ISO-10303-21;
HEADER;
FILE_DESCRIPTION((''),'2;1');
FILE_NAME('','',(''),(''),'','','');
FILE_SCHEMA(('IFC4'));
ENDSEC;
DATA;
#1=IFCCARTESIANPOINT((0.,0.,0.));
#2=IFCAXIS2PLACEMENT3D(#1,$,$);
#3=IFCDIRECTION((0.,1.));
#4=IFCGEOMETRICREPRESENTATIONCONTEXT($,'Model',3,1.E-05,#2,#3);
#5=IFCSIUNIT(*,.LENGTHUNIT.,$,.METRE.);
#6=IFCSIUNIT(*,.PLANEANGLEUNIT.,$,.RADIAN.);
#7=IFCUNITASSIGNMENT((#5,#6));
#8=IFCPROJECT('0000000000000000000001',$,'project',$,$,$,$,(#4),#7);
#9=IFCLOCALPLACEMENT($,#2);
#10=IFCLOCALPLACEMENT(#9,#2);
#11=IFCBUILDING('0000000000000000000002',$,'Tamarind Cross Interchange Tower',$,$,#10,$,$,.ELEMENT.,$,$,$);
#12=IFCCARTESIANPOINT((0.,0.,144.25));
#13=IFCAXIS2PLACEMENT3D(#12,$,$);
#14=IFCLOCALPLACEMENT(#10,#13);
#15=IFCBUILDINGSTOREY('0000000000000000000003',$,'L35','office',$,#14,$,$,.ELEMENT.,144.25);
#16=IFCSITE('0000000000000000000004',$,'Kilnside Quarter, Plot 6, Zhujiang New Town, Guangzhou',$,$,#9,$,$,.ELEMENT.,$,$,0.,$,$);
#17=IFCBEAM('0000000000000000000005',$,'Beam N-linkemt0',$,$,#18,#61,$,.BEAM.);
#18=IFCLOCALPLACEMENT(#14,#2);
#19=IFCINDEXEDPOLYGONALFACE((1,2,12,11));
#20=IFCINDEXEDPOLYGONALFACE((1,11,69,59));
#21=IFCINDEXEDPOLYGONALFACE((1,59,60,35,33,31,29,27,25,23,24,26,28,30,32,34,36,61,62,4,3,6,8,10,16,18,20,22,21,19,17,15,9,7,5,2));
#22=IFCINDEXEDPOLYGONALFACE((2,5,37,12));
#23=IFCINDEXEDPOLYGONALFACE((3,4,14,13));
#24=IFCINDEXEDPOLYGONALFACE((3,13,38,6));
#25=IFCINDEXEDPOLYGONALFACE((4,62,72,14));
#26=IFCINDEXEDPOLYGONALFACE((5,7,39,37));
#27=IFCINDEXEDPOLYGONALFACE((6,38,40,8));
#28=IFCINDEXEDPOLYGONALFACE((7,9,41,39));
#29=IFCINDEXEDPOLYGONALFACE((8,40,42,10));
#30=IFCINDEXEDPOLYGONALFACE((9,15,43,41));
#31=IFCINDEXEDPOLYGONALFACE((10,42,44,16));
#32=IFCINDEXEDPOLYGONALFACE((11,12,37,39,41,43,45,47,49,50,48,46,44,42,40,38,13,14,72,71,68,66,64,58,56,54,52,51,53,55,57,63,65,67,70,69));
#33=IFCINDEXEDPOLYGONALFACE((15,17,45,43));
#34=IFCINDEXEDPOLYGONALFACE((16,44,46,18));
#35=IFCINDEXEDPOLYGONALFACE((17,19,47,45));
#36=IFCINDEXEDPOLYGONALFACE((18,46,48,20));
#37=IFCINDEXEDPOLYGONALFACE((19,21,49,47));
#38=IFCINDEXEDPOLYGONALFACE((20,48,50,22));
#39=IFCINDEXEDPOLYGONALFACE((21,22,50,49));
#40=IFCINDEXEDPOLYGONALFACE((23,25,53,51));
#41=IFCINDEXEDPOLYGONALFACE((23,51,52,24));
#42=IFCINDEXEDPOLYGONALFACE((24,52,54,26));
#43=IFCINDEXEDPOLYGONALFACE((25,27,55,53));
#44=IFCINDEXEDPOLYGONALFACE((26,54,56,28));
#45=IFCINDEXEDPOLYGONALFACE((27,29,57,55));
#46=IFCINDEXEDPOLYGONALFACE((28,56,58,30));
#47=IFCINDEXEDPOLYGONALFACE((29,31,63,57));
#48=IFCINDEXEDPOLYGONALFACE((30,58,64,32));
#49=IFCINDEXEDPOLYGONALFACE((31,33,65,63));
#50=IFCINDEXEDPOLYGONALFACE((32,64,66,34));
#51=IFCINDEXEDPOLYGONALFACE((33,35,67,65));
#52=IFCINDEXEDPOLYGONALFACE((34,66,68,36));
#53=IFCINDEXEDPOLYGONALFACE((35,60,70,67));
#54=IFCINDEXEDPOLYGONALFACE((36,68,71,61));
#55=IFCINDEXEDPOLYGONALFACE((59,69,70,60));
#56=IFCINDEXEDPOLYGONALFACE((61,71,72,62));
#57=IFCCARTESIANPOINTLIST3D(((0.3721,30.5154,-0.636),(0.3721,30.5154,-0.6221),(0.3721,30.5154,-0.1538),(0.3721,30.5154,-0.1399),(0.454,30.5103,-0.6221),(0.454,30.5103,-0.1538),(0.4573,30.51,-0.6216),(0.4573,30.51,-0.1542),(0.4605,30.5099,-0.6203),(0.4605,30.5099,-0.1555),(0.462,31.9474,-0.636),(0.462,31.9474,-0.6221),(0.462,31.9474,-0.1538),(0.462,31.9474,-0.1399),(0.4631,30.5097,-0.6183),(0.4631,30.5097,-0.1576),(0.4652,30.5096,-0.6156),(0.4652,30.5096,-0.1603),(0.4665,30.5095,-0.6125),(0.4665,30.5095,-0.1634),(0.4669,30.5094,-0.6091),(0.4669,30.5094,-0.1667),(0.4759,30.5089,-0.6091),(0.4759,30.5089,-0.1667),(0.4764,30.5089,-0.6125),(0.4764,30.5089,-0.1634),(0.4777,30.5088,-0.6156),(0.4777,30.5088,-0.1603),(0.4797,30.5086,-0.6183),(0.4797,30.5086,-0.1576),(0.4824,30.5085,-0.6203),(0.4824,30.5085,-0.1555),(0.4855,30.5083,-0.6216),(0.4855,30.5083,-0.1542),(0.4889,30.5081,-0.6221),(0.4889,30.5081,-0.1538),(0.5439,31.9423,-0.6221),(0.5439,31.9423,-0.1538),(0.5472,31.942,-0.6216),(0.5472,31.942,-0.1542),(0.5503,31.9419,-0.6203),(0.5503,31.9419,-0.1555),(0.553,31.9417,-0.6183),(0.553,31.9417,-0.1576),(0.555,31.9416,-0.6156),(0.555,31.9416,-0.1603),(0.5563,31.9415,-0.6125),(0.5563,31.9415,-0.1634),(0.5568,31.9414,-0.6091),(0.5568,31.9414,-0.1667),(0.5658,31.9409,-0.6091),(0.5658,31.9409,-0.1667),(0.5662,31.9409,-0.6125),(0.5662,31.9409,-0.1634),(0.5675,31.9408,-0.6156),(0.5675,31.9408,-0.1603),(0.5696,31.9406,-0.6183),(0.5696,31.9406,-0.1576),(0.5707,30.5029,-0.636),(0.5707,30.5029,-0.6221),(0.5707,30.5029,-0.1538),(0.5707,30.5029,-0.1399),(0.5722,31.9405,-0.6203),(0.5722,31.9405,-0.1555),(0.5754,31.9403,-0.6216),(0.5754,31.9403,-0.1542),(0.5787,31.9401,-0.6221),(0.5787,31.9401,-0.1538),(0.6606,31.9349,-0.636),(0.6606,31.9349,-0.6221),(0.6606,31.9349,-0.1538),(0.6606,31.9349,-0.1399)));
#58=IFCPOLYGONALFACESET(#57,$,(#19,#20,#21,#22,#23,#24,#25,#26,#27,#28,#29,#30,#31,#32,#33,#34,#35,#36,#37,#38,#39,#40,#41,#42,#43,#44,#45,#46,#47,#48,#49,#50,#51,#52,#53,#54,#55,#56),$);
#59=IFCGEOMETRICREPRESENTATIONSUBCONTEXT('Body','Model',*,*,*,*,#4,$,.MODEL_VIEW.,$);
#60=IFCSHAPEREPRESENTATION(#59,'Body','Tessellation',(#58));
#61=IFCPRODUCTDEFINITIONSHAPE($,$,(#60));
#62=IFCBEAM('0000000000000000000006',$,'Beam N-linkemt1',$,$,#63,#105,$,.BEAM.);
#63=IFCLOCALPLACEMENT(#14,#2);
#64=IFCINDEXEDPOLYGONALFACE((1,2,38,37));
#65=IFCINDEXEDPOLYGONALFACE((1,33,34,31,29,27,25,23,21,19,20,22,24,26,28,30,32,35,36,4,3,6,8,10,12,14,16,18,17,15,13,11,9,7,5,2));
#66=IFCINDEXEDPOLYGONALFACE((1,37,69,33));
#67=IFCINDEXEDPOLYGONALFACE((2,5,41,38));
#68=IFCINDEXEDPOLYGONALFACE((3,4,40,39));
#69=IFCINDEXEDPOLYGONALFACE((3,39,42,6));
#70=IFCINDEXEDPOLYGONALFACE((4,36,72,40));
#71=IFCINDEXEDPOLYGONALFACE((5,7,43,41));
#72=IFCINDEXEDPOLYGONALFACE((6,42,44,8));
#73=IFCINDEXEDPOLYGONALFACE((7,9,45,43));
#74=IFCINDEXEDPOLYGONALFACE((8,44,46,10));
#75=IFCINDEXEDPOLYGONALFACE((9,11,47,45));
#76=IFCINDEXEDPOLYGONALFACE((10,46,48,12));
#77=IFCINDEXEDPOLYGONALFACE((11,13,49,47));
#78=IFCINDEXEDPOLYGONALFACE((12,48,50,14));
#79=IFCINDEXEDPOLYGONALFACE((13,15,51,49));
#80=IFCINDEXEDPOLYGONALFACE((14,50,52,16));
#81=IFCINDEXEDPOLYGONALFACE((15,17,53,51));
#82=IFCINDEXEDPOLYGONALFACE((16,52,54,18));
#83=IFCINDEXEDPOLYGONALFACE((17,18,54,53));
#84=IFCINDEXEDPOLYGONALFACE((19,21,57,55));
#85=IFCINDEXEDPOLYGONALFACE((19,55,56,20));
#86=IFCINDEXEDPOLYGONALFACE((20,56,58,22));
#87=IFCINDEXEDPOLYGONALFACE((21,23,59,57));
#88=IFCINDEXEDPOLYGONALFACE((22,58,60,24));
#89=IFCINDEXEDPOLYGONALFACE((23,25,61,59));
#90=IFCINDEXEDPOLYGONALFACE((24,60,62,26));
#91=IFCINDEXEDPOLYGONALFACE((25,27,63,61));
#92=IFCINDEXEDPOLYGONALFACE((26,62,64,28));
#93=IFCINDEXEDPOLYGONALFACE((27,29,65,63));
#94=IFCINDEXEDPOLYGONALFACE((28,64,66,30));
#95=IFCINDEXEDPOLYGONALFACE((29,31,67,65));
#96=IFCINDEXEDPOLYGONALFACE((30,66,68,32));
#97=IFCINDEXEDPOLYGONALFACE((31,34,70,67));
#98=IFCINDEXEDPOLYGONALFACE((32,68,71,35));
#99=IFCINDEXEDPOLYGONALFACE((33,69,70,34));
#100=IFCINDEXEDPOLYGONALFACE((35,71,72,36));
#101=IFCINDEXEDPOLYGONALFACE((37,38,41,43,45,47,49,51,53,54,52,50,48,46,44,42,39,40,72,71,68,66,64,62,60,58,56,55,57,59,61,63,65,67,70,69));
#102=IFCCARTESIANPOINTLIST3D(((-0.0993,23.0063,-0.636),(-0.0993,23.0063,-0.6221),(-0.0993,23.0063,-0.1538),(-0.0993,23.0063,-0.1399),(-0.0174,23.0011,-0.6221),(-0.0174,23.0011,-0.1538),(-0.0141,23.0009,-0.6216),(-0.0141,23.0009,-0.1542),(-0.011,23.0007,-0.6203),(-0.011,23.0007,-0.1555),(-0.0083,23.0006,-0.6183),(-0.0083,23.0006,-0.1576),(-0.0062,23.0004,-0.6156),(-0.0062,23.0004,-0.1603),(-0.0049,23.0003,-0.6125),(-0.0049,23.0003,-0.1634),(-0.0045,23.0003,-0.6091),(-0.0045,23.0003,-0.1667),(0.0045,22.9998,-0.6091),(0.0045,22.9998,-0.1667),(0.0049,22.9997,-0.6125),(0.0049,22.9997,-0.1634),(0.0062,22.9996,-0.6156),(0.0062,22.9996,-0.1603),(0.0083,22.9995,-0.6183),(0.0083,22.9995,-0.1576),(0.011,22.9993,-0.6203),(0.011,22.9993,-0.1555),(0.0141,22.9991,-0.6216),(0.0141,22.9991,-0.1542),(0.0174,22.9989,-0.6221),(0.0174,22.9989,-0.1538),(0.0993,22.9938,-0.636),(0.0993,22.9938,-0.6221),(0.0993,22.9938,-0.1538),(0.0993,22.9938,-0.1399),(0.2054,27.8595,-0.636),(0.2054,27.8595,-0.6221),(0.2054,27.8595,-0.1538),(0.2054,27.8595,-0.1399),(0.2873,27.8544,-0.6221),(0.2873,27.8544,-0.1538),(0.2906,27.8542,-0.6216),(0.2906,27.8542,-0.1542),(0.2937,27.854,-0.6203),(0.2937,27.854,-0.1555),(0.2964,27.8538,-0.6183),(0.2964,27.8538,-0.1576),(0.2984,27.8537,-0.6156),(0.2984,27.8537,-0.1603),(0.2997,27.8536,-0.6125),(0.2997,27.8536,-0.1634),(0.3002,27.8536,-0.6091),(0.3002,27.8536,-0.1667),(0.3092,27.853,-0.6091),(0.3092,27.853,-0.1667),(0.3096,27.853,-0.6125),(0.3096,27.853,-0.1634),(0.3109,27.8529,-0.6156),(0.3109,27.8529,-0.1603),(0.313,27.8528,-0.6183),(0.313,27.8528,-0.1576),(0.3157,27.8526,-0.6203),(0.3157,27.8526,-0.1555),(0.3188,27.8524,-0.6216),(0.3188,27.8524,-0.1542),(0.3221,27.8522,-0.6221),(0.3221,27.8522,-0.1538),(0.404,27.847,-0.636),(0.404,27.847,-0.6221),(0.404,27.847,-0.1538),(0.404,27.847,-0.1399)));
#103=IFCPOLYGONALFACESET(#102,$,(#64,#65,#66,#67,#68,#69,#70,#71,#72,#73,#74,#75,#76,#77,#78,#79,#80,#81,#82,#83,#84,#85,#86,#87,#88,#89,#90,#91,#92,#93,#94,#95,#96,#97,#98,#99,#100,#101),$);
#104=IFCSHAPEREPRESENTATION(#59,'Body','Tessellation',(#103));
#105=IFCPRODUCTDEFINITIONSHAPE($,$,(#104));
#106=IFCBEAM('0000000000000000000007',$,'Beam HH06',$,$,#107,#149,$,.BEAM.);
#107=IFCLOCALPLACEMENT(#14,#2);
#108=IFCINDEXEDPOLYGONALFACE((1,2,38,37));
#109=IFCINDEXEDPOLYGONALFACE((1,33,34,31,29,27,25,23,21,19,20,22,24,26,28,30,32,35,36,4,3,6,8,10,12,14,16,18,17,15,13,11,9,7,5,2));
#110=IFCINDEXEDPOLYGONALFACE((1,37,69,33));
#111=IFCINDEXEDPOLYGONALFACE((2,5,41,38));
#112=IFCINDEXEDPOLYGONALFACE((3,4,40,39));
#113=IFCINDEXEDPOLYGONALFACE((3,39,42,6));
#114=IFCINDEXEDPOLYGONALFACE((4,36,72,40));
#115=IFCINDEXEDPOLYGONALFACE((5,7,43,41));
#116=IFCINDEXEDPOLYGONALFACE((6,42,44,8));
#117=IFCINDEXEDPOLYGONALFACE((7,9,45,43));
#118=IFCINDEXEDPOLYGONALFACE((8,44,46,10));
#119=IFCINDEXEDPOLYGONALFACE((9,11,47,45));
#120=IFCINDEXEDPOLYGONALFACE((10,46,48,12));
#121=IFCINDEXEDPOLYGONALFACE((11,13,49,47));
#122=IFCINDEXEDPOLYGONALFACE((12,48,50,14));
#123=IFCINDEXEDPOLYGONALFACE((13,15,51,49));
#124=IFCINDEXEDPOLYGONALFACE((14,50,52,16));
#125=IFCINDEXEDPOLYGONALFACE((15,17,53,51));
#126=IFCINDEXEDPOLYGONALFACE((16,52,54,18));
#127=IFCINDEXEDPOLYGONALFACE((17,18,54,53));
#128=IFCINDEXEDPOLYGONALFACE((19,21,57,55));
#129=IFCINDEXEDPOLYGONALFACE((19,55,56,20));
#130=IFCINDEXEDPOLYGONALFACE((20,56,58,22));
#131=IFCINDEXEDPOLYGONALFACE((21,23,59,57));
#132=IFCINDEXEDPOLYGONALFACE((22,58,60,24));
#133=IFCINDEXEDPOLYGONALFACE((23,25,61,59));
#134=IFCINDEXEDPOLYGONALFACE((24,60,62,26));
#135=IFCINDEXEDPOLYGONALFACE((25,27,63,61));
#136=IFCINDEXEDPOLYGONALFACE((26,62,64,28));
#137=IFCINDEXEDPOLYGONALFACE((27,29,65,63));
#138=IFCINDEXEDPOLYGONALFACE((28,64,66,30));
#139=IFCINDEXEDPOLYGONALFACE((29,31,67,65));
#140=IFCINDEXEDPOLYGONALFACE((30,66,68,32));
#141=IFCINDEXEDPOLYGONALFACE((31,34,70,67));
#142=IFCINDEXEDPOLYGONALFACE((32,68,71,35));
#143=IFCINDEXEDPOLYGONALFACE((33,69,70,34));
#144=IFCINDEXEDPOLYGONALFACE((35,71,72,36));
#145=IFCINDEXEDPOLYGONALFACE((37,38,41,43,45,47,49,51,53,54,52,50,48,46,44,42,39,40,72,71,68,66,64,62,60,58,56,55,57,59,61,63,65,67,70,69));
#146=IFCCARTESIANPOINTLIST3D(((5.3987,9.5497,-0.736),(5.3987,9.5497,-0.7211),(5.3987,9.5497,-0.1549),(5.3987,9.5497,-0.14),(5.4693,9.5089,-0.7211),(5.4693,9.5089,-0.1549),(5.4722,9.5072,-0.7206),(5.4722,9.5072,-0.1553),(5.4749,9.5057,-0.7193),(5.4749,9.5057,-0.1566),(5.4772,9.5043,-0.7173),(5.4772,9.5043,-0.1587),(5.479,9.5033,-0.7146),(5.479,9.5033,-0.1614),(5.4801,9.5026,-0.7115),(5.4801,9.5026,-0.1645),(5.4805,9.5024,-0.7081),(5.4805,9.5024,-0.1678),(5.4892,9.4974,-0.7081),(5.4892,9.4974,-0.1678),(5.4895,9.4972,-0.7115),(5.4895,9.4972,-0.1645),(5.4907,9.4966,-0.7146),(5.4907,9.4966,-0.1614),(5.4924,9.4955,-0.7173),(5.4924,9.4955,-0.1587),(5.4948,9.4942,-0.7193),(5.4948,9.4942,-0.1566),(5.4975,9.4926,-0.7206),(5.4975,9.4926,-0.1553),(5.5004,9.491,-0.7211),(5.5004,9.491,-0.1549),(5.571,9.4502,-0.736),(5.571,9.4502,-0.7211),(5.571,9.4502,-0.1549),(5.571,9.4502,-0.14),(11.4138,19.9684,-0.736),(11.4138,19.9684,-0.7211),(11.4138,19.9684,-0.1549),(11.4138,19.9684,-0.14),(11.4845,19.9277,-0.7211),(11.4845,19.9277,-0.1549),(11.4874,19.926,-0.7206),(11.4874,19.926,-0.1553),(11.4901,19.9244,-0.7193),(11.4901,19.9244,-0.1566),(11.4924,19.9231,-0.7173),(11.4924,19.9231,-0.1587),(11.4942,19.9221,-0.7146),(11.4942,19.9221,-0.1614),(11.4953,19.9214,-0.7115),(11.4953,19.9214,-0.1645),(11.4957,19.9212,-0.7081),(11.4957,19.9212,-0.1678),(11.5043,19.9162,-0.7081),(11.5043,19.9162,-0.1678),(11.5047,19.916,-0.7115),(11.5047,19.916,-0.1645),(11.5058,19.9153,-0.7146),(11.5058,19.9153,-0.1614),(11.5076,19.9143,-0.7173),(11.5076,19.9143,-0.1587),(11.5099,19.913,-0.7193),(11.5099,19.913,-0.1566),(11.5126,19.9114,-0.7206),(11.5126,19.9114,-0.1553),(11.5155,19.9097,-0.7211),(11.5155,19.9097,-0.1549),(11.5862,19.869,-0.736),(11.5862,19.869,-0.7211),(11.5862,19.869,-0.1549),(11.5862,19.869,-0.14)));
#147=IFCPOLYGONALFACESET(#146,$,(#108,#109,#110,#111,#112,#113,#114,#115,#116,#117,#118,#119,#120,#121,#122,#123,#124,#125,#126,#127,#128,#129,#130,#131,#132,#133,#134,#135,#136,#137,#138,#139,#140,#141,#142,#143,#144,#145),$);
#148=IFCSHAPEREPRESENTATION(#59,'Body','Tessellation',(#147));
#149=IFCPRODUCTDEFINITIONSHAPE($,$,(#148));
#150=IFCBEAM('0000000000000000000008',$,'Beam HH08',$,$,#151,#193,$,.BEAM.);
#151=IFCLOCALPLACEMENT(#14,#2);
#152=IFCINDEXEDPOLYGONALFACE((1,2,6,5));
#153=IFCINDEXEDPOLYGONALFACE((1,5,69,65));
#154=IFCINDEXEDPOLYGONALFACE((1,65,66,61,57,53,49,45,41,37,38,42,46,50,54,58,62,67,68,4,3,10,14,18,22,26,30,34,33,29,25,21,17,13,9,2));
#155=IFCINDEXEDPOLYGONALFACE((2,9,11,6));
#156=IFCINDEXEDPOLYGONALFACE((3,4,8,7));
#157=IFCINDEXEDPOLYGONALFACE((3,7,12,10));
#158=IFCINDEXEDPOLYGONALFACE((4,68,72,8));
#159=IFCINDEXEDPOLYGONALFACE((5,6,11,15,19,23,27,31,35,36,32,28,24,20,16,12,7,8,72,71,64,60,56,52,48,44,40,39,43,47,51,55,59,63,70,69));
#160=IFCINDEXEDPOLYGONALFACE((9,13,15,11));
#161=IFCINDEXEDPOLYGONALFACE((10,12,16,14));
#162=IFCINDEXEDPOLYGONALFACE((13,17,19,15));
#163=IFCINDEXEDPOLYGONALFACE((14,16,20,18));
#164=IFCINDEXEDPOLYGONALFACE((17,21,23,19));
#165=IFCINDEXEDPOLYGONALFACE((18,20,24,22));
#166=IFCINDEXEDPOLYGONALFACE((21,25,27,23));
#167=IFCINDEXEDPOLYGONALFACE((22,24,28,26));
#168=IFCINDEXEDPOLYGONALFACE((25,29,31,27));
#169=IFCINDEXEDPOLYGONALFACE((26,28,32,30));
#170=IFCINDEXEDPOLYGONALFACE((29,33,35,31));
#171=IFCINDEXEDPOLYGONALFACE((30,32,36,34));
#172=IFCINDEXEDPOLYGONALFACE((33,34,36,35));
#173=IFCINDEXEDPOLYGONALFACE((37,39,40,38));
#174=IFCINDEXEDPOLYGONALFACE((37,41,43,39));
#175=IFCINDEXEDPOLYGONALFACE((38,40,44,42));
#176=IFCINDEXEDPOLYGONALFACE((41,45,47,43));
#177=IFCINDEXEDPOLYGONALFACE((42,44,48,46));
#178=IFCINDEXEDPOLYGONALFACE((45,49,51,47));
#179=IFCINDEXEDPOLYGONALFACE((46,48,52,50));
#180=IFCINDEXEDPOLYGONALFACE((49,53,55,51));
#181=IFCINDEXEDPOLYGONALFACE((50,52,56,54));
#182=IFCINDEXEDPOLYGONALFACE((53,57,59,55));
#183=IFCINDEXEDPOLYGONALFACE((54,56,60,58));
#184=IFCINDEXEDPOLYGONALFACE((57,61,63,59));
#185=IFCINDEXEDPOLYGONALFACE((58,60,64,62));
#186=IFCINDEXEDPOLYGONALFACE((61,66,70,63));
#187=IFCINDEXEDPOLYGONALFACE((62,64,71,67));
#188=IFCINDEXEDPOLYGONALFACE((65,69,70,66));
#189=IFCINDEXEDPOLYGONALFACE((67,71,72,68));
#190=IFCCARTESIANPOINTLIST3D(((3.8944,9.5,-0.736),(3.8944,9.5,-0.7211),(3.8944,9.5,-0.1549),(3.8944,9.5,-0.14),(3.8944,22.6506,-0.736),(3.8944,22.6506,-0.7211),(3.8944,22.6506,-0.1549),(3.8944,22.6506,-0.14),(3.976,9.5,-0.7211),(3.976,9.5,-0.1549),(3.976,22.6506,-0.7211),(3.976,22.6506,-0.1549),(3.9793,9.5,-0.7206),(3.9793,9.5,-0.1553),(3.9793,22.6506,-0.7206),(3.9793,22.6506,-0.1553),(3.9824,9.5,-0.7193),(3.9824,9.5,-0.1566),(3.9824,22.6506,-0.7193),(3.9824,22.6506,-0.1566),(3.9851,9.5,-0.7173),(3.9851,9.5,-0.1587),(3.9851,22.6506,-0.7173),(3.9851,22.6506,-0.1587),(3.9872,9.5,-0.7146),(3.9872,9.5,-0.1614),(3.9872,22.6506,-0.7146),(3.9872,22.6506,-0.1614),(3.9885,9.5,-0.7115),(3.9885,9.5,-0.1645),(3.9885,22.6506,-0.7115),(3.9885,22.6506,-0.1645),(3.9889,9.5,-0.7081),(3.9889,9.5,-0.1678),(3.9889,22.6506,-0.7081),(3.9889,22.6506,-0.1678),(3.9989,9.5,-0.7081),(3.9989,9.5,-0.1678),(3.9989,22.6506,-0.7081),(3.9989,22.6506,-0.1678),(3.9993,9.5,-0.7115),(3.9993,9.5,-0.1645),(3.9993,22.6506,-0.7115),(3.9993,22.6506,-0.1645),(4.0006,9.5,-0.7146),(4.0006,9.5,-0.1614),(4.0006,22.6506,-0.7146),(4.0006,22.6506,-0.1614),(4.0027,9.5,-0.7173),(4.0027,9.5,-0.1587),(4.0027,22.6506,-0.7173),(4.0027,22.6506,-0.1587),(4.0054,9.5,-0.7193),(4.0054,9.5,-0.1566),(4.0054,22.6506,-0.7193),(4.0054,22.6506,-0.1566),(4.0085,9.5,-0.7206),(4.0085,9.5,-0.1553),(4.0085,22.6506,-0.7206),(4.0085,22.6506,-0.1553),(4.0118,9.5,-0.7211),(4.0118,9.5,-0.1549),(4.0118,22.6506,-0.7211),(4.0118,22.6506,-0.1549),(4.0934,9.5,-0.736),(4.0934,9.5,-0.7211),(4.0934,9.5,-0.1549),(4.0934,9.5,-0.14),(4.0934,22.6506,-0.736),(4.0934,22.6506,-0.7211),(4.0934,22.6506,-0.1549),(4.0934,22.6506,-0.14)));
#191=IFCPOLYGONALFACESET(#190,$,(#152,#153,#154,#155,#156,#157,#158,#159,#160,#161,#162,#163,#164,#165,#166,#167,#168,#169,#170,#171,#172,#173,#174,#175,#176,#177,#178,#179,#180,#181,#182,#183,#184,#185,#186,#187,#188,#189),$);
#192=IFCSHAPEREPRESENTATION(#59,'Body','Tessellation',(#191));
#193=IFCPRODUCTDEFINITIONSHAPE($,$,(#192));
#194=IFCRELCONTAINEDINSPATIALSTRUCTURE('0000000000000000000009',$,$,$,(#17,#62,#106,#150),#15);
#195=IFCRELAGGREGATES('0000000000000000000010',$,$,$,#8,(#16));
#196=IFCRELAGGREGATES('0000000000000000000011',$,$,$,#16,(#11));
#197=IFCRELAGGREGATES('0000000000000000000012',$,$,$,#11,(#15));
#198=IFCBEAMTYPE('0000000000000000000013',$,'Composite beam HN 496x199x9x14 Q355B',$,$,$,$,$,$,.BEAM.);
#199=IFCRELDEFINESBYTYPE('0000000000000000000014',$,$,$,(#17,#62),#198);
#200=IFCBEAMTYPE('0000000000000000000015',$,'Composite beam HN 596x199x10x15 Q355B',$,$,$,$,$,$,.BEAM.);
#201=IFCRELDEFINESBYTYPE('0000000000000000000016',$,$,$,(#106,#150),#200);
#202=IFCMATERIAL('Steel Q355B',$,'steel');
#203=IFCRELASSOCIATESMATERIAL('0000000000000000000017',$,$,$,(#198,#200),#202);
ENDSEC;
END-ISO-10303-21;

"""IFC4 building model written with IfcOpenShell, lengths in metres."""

from ifc_helpers import new_model, si_unit, direction, frame, origin, origin_2d, place, context, subcontext, project, spatial, i_section, extrude, material, material_profile, profile_set, type_object, element, save


model = new_model("IFC4")

# Units and contexts
model_context = context("Model", 3, precision=1e-05, world=origin(), true_north=direction((0.0, 1.0)))
body_context = subcontext(model_context, "Body", "Model", "MODEL_VIEW")
ifc_project = project(units=[si_unit("LENGTHUNIT", "METRE"), si_unit("PLANEANGLEUNIT", "RADIAN")], contexts=[model_context])

# Site, building, storey
site_placement = place(None, origin())
site = spatial("IfcSite", under=ifc_project, at=site_placement, Name="Kilnside Quarter, Plot 6, Zhujiang New Town, Guangzhou", CompositionType="ELEMENT", RefElevation=0.0)
building_placement = place(site_placement, origin())
building = spatial("IfcBuilding", under=site, at=building_placement, Name="Tamarind Cross Interchange Tower", CompositionType="ELEMENT")
storey_placement = place(building_placement, frame((0.0, 0.0, 144.25)))
storey = spatial("IfcBuildingStorey", under=building, at=storey_placement, Name="L35", Description="office", CompositionType="ELEMENT", Elevation=144.25)

# Beams
ifc_material_1 = material(Name="Steel Q355B", Category="steel")
ifc_material_profile_1 = material_profile(ifc_material_1, i_section(OverallWidth=0.199, OverallDepth=0.4961, WebThickness=0.009, FlangeThickness=0.0139, FilletRadius=0.0129, at=origin_2d()), Name="HN 496x199x9x14")
ifc_profile_set_1 = profile_set([ifc_material_profile_1], Name="Steel Q355B")
beam_type_1 = type_object("IfcBeamType", Name="Composite beam HN 496x199x9x14 Q355B", PredefinedType="BEAM", material=ifc_profile_set_1)
beam_1_placement = place(storey_placement, frame((0.5613, 31.9412, -0.3879), z_axis=(-0.062622, -0.998037, 0.0), x_axis=(0.998037, -0.062622, 0.0)))
element("IfcBeam", 1, at=beam_1_placement, inside=storey, type_object=beam_type_1, Name="Beam N-linkemt0", PredefinedType="BEAM", context=body_context, shape_type="SweptSolid", body=[
    extrude(i_section(OverallWidth=0.199, OverallDepth=0.4961, WebThickness=0.009, FlangeThickness=0.0139, FilletRadius=0.0129, at=origin_2d()), origin(), (0.0, 0.0, 1.0), 1.4348),
])
beam_2_placement = place(storey_placement, frame((0.3047, 27.8533, -0.3879), z_axis=(-0.062656, -0.998035, 0.0), x_axis=(0.998035, -0.062656, 0.0)))
element("IfcBeam", 2, at=beam_2_placement, inside=storey, type_object=beam_type_1, Name="Beam N-linkemt1", PredefinedType="BEAM", context=body_context, shape_type="SweptSolid", body=[
    extrude(i_section(OverallWidth=0.199, OverallDepth=0.4961, WebThickness=0.009, FlangeThickness=0.0139, FilletRadius=0.0129, at=origin_2d()), origin(), (0.0, 0.0, 1.0), 4.8628),
])
ifc_material_profile_2 = material_profile(ifc_material_1, i_section(OverallWidth=0.199, OverallDepth=0.5959, WebThickness=0.01, FlangeThickness=0.0149, FilletRadius=0.0129, at=origin_2d()), Name="HN 596x199x10x15")
ifc_profile_set_2 = profile_set([ifc_material_profile_2], Name="Steel Q355B")
beam_type_2 = type_object("IfcBeamType", Name="Composite beam HN 596x199x10x15 Q355B", PredefinedType="BEAM", material=ifc_profile_set_2)
beam_3_placement = place(storey_placement, frame((11.5, 19.9187, -0.438), z_axis=(-0.499994, -0.866029, 0.0), x_axis=(0.866029, -0.499994, 0.0)))
element("IfcBeam", 3, at=beam_3_placement, inside=storey, type_object=beam_type_2, Name="Beam HH06", PredefinedType="BEAM", context=body_context, shape_type="SweptSolid", body=[
    extrude(i_section(OverallWidth=0.199, OverallDepth=0.5959, WebThickness=0.01, FlangeThickness=0.0149, FilletRadius=0.0129, at=origin_2d()), origin(), (0.0, 0.0, 1.0), 12.0305),
])
beam_4_placement = place(storey_placement, frame((3.9939, 22.6506, -0.438), z_axis=(0.0, -1.0, 0.0), x_axis=(1.0, 0.0, 0.0)))
element("IfcBeam", 4, at=beam_4_placement, inside=storey, type_object=beam_type_2, Name="Beam HH08", PredefinedType="BEAM", context=body_context, shape_type="SweptSolid", body=[
    extrude(i_section(OverallWidth=0.199, OverallDepth=0.5959, WebThickness=0.01, FlangeThickness=0.0149, FilletRadius=0.0129, at=origin_2d()), origin(), (0.0, 0.0, 1.0), 13.1506),
])

save(model, "model.ifc")
